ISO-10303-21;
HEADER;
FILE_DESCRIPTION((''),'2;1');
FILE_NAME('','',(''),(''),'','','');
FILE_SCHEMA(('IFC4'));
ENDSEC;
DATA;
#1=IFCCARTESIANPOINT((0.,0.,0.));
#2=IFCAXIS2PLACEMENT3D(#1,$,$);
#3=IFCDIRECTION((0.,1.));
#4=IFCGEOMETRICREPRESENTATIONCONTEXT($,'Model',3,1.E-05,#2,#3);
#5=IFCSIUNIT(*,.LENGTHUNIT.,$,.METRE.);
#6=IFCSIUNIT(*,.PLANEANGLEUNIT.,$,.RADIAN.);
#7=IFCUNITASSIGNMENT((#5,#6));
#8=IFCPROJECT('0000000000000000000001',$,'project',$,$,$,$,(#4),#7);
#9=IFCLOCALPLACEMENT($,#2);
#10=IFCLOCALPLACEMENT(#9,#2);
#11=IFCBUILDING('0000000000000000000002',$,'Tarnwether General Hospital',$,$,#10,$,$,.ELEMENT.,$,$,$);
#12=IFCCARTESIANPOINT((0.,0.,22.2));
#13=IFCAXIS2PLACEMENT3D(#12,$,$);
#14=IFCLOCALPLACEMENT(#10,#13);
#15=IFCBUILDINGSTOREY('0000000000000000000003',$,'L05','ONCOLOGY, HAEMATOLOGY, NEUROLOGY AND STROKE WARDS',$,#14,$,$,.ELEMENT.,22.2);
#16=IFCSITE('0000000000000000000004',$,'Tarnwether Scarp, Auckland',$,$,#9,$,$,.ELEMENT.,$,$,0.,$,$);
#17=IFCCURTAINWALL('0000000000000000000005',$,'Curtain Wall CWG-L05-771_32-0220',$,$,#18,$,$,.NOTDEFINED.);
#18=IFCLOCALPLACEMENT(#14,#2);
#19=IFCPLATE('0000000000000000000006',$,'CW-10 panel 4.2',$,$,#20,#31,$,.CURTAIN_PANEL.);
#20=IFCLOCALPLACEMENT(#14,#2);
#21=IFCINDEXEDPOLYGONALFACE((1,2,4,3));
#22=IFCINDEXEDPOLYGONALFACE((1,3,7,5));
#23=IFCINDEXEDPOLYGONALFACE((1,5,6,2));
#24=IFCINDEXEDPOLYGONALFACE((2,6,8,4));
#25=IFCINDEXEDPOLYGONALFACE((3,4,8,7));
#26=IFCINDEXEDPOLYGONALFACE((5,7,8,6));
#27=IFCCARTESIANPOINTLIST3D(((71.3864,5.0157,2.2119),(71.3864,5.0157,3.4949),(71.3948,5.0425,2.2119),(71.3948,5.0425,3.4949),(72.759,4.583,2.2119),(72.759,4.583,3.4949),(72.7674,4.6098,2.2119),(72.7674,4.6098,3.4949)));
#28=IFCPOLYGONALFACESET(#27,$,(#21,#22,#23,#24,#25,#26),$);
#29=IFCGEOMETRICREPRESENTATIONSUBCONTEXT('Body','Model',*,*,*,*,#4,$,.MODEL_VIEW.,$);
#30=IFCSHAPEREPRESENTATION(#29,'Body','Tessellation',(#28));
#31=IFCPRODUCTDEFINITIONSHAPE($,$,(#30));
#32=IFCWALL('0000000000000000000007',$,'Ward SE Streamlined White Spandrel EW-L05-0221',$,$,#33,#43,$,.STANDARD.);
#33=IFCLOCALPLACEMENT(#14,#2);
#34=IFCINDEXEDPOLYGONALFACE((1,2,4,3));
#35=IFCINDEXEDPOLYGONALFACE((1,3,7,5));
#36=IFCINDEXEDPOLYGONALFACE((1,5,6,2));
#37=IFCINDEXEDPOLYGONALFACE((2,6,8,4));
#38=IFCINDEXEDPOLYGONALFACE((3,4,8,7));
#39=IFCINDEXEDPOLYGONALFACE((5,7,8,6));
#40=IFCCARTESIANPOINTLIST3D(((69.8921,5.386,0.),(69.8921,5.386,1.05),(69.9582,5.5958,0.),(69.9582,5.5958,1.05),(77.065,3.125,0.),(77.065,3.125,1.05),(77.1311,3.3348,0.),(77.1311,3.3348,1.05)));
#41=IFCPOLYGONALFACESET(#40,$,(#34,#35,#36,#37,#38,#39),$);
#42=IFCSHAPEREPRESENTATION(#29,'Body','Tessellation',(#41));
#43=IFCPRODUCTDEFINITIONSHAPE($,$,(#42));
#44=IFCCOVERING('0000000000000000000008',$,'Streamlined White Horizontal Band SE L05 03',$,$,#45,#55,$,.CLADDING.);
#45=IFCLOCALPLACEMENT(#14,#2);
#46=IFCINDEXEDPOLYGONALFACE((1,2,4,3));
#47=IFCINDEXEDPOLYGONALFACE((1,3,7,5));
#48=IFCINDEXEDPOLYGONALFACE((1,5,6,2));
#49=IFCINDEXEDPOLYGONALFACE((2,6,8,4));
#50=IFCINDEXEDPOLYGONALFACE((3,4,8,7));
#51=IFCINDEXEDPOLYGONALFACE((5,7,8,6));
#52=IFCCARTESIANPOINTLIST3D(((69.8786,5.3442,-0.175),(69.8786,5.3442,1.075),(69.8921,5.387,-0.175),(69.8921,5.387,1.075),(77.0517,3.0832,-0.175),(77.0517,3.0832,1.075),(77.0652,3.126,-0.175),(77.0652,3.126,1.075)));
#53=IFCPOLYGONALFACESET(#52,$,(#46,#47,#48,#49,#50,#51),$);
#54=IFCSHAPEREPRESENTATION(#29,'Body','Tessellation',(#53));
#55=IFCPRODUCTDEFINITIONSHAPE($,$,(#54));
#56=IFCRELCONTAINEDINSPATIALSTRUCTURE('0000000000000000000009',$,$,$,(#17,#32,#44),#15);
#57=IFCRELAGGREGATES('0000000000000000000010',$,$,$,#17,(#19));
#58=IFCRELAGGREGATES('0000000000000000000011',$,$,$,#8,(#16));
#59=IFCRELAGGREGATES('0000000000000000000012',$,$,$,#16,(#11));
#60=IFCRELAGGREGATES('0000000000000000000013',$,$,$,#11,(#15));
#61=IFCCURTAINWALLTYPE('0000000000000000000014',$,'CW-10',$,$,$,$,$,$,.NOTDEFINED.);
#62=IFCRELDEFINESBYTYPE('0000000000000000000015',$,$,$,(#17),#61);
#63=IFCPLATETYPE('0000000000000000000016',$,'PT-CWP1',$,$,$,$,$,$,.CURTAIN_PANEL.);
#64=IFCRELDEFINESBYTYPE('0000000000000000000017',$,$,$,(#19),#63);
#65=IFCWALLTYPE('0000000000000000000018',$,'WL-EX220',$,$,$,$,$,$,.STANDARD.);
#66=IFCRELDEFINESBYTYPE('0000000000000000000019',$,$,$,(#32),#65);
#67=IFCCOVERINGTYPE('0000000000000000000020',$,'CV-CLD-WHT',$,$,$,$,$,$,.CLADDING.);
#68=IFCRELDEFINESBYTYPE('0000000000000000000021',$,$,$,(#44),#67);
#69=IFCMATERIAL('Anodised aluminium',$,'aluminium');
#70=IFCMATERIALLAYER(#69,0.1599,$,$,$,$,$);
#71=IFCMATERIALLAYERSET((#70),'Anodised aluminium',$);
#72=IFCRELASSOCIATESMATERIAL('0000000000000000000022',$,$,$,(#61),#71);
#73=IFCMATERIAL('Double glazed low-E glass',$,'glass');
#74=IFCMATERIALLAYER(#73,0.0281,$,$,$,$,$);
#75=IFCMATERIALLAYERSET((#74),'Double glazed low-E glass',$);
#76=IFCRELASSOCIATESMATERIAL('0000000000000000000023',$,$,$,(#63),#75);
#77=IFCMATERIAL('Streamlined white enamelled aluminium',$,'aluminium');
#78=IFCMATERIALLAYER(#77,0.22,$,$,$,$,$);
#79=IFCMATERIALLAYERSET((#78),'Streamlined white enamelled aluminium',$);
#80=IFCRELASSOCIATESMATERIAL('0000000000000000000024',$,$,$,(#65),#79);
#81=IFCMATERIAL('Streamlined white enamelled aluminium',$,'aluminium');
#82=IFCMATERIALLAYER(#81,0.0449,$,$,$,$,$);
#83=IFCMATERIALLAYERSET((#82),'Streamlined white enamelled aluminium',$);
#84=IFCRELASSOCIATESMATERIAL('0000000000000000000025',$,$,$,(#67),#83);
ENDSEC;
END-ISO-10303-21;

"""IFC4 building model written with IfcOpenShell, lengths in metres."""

from ifc_helpers import new_model, si_unit, direction, frame, frame_2d, origin, origin_2d, place, context, subcontext, project, spatial, rectangle, extrude, material, layer, layer_set, type_object, element, aggregate, save


model = new_model("IFC4")

# Units and contexts
model_context = context("Model", 3, precision=1e-05, world=origin(), true_north=direction((0.0, 1.0)))
body_context = subcontext(model_context, "Body", "Model", "MODEL_VIEW")
ifc_project = project(units=[si_unit("LENGTHUNIT", "METRE"), si_unit("PLANEANGLEUNIT", "RADIAN")], contexts=[model_context])

# Site, building, storey
site_placement = place(None, origin())
site = spatial("IfcSite", under=ifc_project, at=site_placement, Name="Tarnwether Scarp, Auckland", CompositionType="ELEMENT", RefElevation=0.0)
building_placement = place(site_placement, origin())
building = spatial("IfcBuilding", under=site, at=building_placement, Name="Tarnwether General Hospital", CompositionType="ELEMENT")
storey_placement = place(building_placement, frame((0.0, 0.0, 22.2)))
storey = spatial("IfcBuildingStorey", under=building, at=storey_placement, Name="L05", Description="ONCOLOGY, HAEMATOLOGY, NEUROLOGY AND STROKE WARDS", CompositionType="ELEMENT", Elevation=22.2)

# Curtain wall
ifc_material_1 = material(Name="Anodised aluminium", Category="aluminium")
ifc_layer_1 = layer(ifc_material_1, 0.1599)
ifc_layer_set_1 = layer_set([ifc_layer_1], Name="Anodised aluminium")
curtain_wall_type = type_object("IfcCurtainWallType", Name="CW-10", PredefinedType="NOTDEFINED", material=ifc_layer_set_1)
curtain_wall_1_placement = place(storey_placement, origin())
curtain_wall_1 = element("IfcCurtainWall", 1, at=curtain_wall_1_placement, inside=storey, type_object=curtain_wall_type, Name="Curtain Wall CWG-L05-771_32-0220", PredefinedType="NOTDEFINED")

# Plate
ifc_material_2 = material(Name="Double glazed low-E glass", Category="glass")
ifc_layer_2 = layer(ifc_material_2, 0.0281)
ifc_layer_set_2 = layer_set([ifc_layer_2], Name="Double glazed low-E glass")
plate_type = type_object("IfcPlateType", Name="PT-CWP1", PredefinedType="CURTAIN_PANEL", material=ifc_layer_set_2)
plate_1_placement = place(storey_placement, frame((72.0769, 4.8127, 2.2119), z_axis=(0.0, 0.0, 1.0), x_axis=(-0.953741, 0.300629, 0.0)))
plate_1 = element("IfcPlate", 2, at=plate_1_placement, type_object=plate_type, Name="CW-10 panel 4.2", PredefinedType="CURTAIN_PANEL", context=body_context, shape_type="SweptSolid", body=[
    extrude(rectangle(XDim=1.4392, YDim=0.0281, at=origin_2d()), origin(), (0.0, 0.0, 1.0), 1.283),
])
aggregate(curtain_wall_1, [plate_1])

# Wall
ifc_material_3 = material(Name="Streamlined white enamelled aluminium", Category="aluminium")
ifc_layer_3 = layer(ifc_material_3, 0.22)
ifc_layer_set_3 = layer_set([ifc_layer_3], Name="Streamlined white enamelled aluminium")
wall_type = type_object("IfcWallType", Name="WL-EX220", PredefinedType="STANDARD", material=ifc_layer_set_3)
wall_placement = place(storey_placement, frame((77.0979, 3.23, 0.0), z_axis=(0.0, 0.0, 1.0), x_axis=(-0.95374, 0.300633, 0.0)))
element("IfcWall", 3, at=wall_placement, inside=storey, type_object=wall_type, Name="Ward SE Streamlined White Spandrel EW-L05-0221", PredefinedType="STANDARD", context=body_context, shape_type="SweptSolid", body=[
    extrude(rectangle(XDim=7.5208, YDim=0.22, at=frame_2d((3.7603, 0.0))), origin(), (0.0, 0.0, 1.0), 1.05),
])

# Covering
ifc_material_4 = material(Name="Streamlined white enamelled aluminium", Category="aluminium")
ifc_layer_4 = layer(ifc_material_4, 0.0449)
ifc_layer_set_4 = layer_set([ifc_layer_4], Name="Streamlined white enamelled aluminium")
covering_type = type_object("IfcCoveringType", Name="CV-CLD-WHT", PredefinedType="CLADDING", material=ifc_layer_set_4)
covering_placement = place(storey_placement, frame((73.4719, 4.2351, -0.175), z_axis=(0.0, 0.0, 1.0), x_axis=(-0.953743, 0.300623, 0.0)))
element("IfcCovering", 4, at=covering_placement, inside=storey, type_object=covering_type, Name="Streamlined White Horizontal Band SE L05 03", PredefinedType="CLADDING", context=body_context, shape_type="SweptSolid", body=[
    extrude(rectangle(XDim=7.521, YDim=0.0449, at=origin_2d()), origin(), (0.0, 0.0, 1.0), 1.25),
])

save(model, "model.ifc")
